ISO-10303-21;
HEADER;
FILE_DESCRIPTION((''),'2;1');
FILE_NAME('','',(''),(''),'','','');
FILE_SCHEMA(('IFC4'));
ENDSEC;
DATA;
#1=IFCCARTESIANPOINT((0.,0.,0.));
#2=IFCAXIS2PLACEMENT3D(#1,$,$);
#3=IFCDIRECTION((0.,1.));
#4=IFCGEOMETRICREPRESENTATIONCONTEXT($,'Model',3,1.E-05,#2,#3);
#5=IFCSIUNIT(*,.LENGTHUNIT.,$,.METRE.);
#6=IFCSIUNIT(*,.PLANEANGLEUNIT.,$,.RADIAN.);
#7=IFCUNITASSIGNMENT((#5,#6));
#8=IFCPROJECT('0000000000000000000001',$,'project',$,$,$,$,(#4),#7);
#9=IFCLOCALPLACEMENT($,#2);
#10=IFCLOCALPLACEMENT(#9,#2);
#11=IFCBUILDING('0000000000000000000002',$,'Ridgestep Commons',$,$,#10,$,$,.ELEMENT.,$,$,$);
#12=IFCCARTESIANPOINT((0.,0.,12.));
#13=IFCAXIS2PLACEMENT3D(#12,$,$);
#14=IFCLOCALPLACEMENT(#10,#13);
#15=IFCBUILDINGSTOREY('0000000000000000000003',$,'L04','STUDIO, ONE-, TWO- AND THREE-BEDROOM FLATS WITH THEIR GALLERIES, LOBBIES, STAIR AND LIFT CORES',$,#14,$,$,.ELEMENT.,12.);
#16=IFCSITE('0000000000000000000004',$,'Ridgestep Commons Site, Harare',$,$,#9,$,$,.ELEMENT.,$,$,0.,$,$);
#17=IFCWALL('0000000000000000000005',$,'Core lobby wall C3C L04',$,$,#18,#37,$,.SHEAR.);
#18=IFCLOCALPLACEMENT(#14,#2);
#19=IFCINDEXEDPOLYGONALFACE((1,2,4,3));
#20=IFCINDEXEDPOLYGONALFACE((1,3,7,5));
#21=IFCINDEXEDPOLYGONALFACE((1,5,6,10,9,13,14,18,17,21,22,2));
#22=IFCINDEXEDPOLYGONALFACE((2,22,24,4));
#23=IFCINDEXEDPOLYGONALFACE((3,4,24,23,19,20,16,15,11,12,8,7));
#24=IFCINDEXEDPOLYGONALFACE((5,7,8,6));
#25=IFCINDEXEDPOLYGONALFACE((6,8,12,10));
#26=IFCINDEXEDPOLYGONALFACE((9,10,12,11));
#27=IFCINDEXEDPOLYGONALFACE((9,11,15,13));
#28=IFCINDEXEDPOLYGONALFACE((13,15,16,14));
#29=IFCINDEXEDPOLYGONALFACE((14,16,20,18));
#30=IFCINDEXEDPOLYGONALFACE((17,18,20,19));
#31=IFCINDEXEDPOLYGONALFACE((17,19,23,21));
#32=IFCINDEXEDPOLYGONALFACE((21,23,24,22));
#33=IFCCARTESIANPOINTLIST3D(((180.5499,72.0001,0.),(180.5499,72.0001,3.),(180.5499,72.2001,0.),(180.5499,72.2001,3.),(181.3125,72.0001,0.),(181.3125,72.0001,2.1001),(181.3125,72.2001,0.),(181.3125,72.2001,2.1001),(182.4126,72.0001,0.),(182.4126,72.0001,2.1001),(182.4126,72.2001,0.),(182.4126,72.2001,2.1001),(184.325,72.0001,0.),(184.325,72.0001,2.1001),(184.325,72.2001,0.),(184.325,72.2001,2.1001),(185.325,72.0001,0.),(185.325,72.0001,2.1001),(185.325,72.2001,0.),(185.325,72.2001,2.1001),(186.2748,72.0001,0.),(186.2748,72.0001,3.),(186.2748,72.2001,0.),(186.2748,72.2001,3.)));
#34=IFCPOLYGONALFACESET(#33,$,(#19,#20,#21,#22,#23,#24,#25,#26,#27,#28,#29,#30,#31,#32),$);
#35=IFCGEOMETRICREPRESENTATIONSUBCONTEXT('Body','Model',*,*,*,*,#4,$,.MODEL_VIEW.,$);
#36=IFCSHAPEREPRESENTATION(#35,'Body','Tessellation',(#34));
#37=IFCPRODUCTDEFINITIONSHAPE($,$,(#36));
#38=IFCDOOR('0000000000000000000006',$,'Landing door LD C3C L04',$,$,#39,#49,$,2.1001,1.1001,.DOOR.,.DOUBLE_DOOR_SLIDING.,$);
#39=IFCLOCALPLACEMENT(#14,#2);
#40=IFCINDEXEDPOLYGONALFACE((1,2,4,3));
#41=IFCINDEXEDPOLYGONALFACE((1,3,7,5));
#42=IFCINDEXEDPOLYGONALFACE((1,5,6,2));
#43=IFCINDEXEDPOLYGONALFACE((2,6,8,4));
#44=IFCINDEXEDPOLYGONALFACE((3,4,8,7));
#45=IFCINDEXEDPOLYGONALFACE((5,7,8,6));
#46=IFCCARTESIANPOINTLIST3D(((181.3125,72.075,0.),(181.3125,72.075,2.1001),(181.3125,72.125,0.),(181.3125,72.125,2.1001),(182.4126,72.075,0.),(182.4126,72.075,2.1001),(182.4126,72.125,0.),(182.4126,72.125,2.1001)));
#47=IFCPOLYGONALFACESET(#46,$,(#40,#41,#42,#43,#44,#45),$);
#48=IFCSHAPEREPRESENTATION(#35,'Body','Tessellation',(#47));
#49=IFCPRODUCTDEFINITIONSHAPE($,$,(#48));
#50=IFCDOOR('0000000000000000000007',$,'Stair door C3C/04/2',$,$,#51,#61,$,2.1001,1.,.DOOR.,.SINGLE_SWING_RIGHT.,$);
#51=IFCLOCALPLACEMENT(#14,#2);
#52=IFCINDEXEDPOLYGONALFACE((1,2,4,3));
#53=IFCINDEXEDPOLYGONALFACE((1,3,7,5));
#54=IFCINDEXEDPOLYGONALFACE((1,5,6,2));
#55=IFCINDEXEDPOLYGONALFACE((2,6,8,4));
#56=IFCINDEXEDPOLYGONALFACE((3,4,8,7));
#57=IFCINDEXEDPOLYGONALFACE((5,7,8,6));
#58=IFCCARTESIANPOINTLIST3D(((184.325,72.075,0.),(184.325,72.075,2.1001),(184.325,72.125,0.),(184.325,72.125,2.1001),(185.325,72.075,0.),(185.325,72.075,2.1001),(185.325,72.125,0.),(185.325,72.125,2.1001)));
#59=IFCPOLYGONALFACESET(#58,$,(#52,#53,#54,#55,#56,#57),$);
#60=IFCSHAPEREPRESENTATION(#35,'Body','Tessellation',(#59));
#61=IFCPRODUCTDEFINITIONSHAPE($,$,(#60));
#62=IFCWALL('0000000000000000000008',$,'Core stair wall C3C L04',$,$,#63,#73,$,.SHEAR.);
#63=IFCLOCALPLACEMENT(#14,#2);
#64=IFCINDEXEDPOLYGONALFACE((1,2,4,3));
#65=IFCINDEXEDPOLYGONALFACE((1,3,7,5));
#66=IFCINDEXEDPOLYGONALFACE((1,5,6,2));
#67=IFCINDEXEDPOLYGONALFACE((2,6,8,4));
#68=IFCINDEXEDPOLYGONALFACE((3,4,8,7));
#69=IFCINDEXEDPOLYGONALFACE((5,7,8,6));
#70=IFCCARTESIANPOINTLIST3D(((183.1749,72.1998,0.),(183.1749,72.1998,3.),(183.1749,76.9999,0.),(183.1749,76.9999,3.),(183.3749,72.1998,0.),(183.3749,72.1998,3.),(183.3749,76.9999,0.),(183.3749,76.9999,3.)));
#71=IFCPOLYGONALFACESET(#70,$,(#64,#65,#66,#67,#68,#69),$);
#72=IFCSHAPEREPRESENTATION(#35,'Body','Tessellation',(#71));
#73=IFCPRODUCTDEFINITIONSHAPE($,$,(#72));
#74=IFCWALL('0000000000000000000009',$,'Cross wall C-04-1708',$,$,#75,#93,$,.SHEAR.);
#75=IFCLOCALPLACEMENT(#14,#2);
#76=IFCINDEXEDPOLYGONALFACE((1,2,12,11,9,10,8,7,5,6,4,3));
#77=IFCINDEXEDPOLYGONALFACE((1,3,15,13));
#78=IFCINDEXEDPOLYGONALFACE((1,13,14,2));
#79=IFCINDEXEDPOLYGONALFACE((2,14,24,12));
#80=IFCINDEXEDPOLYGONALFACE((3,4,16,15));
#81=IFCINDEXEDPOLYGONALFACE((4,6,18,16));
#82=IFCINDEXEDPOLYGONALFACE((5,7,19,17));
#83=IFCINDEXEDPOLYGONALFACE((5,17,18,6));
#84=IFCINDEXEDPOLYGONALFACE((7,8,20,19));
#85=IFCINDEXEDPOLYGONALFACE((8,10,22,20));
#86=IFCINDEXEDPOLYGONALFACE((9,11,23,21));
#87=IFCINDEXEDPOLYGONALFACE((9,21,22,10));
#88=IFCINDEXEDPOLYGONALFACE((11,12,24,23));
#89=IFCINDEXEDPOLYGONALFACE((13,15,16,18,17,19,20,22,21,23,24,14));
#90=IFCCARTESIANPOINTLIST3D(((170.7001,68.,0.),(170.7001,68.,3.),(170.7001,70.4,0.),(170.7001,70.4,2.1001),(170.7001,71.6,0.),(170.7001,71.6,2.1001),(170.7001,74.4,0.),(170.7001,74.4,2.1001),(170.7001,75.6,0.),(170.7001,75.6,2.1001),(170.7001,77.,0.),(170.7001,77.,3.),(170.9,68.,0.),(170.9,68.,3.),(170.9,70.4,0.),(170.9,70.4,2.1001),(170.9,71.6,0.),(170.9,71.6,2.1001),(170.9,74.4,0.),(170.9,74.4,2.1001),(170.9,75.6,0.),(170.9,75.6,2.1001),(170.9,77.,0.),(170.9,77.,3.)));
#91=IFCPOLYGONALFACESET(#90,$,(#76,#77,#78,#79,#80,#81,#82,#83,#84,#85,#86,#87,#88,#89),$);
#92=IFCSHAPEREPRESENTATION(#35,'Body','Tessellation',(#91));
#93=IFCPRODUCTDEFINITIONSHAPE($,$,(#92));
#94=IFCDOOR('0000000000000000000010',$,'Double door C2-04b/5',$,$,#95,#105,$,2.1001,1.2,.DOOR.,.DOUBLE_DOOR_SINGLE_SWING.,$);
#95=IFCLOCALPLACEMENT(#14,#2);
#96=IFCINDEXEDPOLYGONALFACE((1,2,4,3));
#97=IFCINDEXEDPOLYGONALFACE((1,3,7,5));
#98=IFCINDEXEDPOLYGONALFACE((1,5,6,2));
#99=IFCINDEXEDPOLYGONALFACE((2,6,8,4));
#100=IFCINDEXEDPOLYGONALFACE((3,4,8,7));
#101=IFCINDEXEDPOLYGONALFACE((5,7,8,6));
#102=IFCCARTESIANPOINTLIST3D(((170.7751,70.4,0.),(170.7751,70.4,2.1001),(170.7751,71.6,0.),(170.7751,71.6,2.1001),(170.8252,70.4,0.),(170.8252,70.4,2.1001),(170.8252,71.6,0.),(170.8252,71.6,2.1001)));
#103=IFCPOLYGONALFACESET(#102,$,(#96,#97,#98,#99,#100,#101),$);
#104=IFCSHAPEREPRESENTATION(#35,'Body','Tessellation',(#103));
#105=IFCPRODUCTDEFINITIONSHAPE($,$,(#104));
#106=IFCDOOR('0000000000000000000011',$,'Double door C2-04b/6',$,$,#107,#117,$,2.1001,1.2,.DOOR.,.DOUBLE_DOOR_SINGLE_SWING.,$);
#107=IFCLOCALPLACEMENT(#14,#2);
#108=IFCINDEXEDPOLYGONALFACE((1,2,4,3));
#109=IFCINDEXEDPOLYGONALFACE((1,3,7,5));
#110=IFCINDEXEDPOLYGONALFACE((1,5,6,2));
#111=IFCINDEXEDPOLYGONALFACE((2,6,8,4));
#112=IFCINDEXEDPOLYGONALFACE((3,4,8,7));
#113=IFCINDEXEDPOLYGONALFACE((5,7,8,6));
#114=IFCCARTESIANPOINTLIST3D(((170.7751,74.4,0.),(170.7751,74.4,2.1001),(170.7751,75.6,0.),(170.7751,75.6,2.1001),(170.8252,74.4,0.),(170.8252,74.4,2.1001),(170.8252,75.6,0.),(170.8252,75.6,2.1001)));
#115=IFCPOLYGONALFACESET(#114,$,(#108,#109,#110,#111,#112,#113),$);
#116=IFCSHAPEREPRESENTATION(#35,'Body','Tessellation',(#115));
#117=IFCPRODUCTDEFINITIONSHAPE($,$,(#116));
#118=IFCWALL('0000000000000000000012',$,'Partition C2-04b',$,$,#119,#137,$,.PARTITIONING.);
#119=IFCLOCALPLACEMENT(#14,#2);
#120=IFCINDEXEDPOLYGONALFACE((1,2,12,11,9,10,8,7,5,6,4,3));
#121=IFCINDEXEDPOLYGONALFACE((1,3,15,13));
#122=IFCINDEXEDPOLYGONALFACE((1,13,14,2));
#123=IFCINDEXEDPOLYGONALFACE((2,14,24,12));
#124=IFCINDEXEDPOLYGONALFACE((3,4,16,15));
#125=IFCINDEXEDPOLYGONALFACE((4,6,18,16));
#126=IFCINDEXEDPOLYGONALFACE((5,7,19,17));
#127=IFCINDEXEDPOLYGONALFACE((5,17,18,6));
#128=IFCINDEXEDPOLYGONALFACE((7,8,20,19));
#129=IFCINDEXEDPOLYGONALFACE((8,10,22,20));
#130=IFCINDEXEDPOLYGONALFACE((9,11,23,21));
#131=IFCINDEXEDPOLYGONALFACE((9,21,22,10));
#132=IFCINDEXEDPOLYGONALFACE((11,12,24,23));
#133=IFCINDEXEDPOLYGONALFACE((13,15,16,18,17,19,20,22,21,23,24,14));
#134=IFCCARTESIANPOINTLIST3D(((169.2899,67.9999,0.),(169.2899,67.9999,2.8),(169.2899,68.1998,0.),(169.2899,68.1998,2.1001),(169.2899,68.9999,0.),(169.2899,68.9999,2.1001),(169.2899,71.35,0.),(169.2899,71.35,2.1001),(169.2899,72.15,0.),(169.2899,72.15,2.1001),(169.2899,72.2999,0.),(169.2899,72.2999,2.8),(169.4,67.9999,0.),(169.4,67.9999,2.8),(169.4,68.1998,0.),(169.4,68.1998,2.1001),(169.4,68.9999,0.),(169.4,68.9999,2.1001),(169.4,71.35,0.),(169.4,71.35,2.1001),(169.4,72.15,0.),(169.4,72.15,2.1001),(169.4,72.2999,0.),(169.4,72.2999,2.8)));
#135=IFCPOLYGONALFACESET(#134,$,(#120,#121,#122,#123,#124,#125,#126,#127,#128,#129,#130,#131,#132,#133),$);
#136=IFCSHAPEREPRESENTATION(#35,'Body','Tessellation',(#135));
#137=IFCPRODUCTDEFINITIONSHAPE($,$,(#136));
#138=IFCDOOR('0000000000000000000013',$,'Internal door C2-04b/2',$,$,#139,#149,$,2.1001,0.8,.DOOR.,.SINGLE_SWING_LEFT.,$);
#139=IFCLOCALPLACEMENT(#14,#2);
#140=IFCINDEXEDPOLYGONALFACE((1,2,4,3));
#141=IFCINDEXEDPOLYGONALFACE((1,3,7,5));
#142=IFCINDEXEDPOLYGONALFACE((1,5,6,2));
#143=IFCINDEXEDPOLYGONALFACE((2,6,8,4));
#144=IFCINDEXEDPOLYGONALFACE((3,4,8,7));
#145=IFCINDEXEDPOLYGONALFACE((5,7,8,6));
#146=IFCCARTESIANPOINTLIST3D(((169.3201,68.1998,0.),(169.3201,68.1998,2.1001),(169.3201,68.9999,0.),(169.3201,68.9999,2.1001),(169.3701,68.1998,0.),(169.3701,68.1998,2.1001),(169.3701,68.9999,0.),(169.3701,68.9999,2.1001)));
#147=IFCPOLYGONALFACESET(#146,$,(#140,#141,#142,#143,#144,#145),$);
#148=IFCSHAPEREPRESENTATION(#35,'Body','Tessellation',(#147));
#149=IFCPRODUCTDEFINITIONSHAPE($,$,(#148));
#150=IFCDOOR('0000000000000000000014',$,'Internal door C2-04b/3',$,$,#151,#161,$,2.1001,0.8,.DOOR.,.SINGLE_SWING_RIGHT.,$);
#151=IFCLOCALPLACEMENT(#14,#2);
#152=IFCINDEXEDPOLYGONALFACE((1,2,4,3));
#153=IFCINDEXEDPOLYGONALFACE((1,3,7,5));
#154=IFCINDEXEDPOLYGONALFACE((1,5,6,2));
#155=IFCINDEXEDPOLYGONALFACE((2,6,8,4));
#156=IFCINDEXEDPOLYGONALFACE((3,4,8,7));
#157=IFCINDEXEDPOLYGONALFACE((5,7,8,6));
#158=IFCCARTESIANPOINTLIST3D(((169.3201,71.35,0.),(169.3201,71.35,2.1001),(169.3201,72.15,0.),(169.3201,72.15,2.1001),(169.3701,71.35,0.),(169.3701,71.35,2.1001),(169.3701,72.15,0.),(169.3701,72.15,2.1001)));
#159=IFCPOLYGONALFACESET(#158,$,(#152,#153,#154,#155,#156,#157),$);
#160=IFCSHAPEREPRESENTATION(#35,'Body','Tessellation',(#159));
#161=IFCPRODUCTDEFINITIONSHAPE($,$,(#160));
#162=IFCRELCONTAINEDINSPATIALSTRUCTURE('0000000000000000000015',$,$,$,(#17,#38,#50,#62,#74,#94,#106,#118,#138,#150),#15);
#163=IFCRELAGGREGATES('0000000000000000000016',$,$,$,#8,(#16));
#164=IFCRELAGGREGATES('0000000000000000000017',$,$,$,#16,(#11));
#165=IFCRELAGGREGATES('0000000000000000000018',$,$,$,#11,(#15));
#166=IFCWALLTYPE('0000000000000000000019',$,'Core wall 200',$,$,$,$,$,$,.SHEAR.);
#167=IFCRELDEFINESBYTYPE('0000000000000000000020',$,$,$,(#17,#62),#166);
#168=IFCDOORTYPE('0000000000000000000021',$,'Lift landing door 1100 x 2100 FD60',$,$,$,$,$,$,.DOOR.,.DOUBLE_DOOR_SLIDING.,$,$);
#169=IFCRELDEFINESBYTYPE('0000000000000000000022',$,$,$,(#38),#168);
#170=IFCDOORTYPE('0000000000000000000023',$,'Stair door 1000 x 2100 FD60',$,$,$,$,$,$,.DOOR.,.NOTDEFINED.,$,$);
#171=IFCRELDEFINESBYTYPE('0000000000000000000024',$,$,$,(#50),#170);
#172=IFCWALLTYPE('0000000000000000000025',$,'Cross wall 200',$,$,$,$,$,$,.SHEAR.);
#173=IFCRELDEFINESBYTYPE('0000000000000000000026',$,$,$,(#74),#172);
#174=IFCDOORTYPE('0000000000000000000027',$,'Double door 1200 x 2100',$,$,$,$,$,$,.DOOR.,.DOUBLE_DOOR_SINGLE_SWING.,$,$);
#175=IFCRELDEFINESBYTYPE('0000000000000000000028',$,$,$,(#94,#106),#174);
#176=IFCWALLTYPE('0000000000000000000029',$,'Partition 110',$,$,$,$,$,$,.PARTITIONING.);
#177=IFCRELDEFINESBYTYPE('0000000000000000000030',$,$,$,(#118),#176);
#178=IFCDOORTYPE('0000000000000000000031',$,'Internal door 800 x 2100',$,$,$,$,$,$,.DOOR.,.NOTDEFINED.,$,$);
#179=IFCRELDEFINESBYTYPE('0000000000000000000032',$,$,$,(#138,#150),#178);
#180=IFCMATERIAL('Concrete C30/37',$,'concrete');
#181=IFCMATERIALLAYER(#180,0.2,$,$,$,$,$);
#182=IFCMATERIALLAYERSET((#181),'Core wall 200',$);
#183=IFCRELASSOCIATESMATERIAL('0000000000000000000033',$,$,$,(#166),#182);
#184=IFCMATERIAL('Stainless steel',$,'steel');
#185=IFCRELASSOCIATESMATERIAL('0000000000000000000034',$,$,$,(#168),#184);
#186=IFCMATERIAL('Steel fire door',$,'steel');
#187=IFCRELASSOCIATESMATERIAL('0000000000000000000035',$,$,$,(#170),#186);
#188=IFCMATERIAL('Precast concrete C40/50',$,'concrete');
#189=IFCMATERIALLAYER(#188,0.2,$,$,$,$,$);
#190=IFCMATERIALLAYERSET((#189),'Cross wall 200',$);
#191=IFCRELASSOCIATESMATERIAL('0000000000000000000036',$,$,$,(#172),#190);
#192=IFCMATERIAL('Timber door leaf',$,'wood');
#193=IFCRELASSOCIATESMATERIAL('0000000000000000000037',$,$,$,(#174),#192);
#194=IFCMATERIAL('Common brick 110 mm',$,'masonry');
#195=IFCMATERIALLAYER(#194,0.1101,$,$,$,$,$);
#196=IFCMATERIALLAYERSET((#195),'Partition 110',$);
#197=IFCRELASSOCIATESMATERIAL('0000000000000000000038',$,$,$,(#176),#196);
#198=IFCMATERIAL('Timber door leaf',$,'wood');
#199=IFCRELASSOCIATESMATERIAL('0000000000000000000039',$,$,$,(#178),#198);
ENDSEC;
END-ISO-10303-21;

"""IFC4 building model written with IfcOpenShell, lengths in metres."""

from ifc_helpers import new_model, si_unit, direction, frame, frame_2d, origin, place, context, subcontext, project, spatial, rectangle, extrude, material, layer, layer_set, type_object, element, fill, save


model = new_model("IFC4")

# Units and contexts
model_context = context("Model", 3, precision=1e-05, world=origin(), true_north=direction((0.0, 1.0)))
body_context = subcontext(model_context, "Body", "Model", "MODEL_VIEW")
ifc_project = project(units=[si_unit("LENGTHUNIT", "METRE"), si_unit("PLANEANGLEUNIT", "RADIAN")], contexts=[model_context])

# Site, building, storey
site_placement = place(None, origin())
site = spatial("IfcSite", under=ifc_project, at=site_placement, Name="Ridgestep Commons Site, Harare", CompositionType="ELEMENT", RefElevation=0.0)
building_placement = place(site_placement, origin())
building = spatial("IfcBuilding", under=site, at=building_placement, Name="Ridgestep Commons", CompositionType="ELEMENT")
storey_placement = place(building_placement, frame((0.0, 0.0, 12.0)))
storey = spatial("IfcBuildingStorey", under=building, at=storey_placement, Name="L04", Description="STUDIO, ONE-, TWO- AND THREE-BEDROOM FLATS WITH THEIR GALLERIES, LOBBIES, STAIR AND LIFT CORES", CompositionType="ELEMENT", Elevation=12.0)

# Shared definitions
ifc_material_1 = material(Name="Concrete C30/37", Category="concrete")
ifc_layer_1 = layer(ifc_material_1, 0.2)
ifc_layer_set_1 = layer_set([ifc_layer_1], Name="Core wall 200")
wall_type_1 = type_object("IfcWallType", Name="Core wall 200", PredefinedType="SHEAR", material=ifc_layer_set_1)
ifc_material_2 = material(Name="Stainless steel", Category="steel")
door_type_1 = type_object("IfcDoorType", Name="Lift landing door 1100 x 2100 FD60", OperationType="DOUBLE_DOOR_SLIDING", PredefinedType="DOOR", material=ifc_material_2)
ifc_material_3 = material(Name="Steel fire door", Category="steel")
door_type_2 = type_object("IfcDoorType", Name="Stair door 1000 x 2100 FD60", OperationType="NOTDEFINED", PredefinedType="DOOR", material=ifc_material_3)

# Wall, openings, doors
wall_1_placement = place(storey_placement, frame((180.55, 72.1001, 0.0), z_axis=(0.0, 0.0, 1.0), x_axis=(1.0, 0.0, 0.0)))
wall_1 = element("IfcWall", 1, at=wall_1_placement, inside=storey, type_object=wall_type_1, Name="Core lobby wall C3C L04", PredefinedType="SHEAR", context=body_context, shape_type="SweptSolid", body=[
    extrude(rectangle(XDim=5.7249, YDim=0.2, at=frame_2d((2.8623, 0.0))), origin(), (0.0, 0.0, 1.0), 3.0),
])
opening_1_placement = place(wall_1_placement, frame((3.7749, 0.0, 0.0)))
opening_1 = element("IfcOpeningElement", 2, at=opening_1_placement, cuts=wall_1, PredefinedType="OPENING", context=body_context, shape_type="SweptSolid", body=[
    extrude(rectangle(XDim=1.0, YDim=2.1001, at=frame_2d((0.5, 1.05))), frame((0.0, 0.1099, 0.0), z_axis=(0.0, -1.0, 0.0), x_axis=(1.0, 0.0, 0.0)), (0.0, 0.0, 1.0), 0.22),
])
opening_2_placement = place(wall_1_placement, frame((0.7625, 0.0, 0.0)))
opening_2 = element("IfcOpeningElement", 3, at=opening_2_placement, cuts=wall_1, PredefinedType="OPENING", context=body_context, shape_type="SweptSolid", body=[
    extrude(rectangle(XDim=1.1001, YDim=2.1001, at=frame_2d((0.55, 1.05))), frame((0.0, 0.1099, 0.0), z_axis=(0.0, -1.0, 0.0), x_axis=(1.0, 0.0, 0.0)), (0.0, 0.0, 1.0), 0.22),
])
door_1_placement = place(opening_2_placement, origin())
door_1 = element("IfcDoor", 4, at=door_1_placement, inside=storey, type_object=door_type_1, Name="Landing door LD C3C L04", OperationType="DOUBLE_DOOR_SLIDING", OverallHeight=2.1001, OverallWidth=1.1001, PredefinedType="DOOR", context=body_context, shape_type="SweptSolid", body=[
    extrude(rectangle(XDim=1.1001, YDim=2.1001, at=frame_2d((0.55, 1.05))), frame((0.0, 0.0249, 0.0), z_axis=(0.0, -1.0, 0.0), x_axis=(1.0, 0.0, 0.0)), (0.0, 0.0, 1.0), 0.05),
])
fill(opening_2, door_1)
door_2_placement = place(opening_1_placement, origin())
door_2 = element("IfcDoor", 5, at=door_2_placement, inside=storey, type_object=door_type_2, Name="Stair door C3C/04/2", OperationType="SINGLE_SWING_RIGHT", OverallHeight=2.1001, OverallWidth=1.0, PredefinedType="DOOR", context=body_context, shape_type="SweptSolid", body=[
    extrude(rectangle(XDim=1.0, YDim=2.1001, at=frame_2d((0.5, 1.05))), frame((0.0, 0.0249, 0.0), z_axis=(0.0, -1.0, 0.0), x_axis=(1.0, 0.0, 0.0)), (0.0, 0.0, 1.0), 0.05),
])
fill(opening_1, door_2)

# Wall
wall_2_placement = place(storey_placement, frame((183.2749, 72.2, 0.0), z_axis=(0.0, 0.0, 1.0), x_axis=(0.0, 1.0, 0.0)))
element("IfcWall", 6, at=wall_2_placement, inside=storey, type_object=wall_type_1, Name="Core stair wall C3C L04", PredefinedType="SHEAR", context=body_context, shape_type="SweptSolid", body=[
    extrude(rectangle(XDim=4.8, YDim=0.2, at=frame_2d((2.3999, 0.0))), origin(), (0.0, 0.0, 1.0), 3.0),
])

# Walls, openings, doors
ifc_material_4 = material(Name="Precast concrete C40/50", Category="concrete")
ifc_layer_2 = layer(ifc_material_4, 0.2)
ifc_layer_set_2 = layer_set([ifc_layer_2], Name="Cross wall 200")
wall_type_2 = type_object("IfcWallType", Name="Cross wall 200", PredefinedType="SHEAR", material=ifc_layer_set_2)
wall_3_placement = place(storey_placement, frame((170.8, 68.0, 0.0), z_axis=(0.0, 0.0, 1.0), x_axis=(0.0, 1.0, 0.0)))
wall_3 = element("IfcWall", 7, at=wall_3_placement, inside=storey, type_object=wall_type_2, Name="Cross wall C-04-1708", PredefinedType="SHEAR", context=body_context, shape_type="SweptSolid", body=[
    extrude(rectangle(XDim=9.0, YDim=0.2, at=frame_2d((4.5, 0.0))), origin(), (0.0, 0.0, 1.0), 3.0),
])
opening_3_placement = place(wall_3_placement, frame((2.3999, 0.0, 0.0)))
opening_3 = element("IfcOpeningElement", 8, at=opening_3_placement, cuts=wall_3, PredefinedType="OPENING", context=body_context, shape_type="SweptSolid", body=[
    extrude(rectangle(XDim=1.2, YDim=2.1001, at=frame_2d((0.6001, 1.05))), frame((0.0, 0.1099, 0.0), z_axis=(0.0, -1.0, 0.0), x_axis=(1.0, 0.0, 0.0)), (0.0, 0.0, 1.0), 0.22),
])
opening_4_placement = place(wall_3_placement, frame((6.3999, 0.0, 0.0)))
opening_4 = element("IfcOpeningElement", 9, at=opening_4_placement, cuts=wall_3, PredefinedType="OPENING", context=body_context, shape_type="SweptSolid", body=[
    extrude(rectangle(XDim=1.2, YDim=2.1001, at=frame_2d((0.6001, 1.05))), frame((0.0, 0.1099, 0.0), z_axis=(0.0, -1.0, 0.0), x_axis=(1.0, 0.0, 0.0)), (0.0, 0.0, 1.0), 0.22),
])
ifc_material_5 = material(Name="Timber door leaf", Category="wood")
door_type_3 = type_object("IfcDoorType", Name="Double door 1200 x 2100", OperationType="DOUBLE_DOOR_SINGLE_SWING", PredefinedType="DOOR", material=ifc_material_5)
door_3_placement = place(opening_3_placement, origin())
door_3 = element("IfcDoor", 10, at=door_3_placement, inside=storey, type_object=door_type_3, Name="Double door C2-04b/5", OperationType="DOUBLE_DOOR_SINGLE_SWING", OverallHeight=2.1001, OverallWidth=1.2, PredefinedType="DOOR", context=body_context, shape_type="SweptSolid", body=[
    extrude(rectangle(XDim=1.2, YDim=2.1001, at=frame_2d((0.6001, 1.05))), frame((0.0, 0.0249, 0.0), z_axis=(0.0, -1.0, 0.0), x_axis=(1.0, 0.0, 0.0)), (0.0, 0.0, 1.0), 0.05),
])
fill(opening_3, door_3)
door_4_placement = place(opening_4_placement, origin())
door_4 = element("IfcDoor", 11, at=door_4_placement, inside=storey, type_object=door_type_3, Name="Double door C2-04b/6", OperationType="DOUBLE_DOOR_SINGLE_SWING", OverallHeight=2.1001, OverallWidth=1.2, PredefinedType="DOOR", context=body_context, shape_type="SweptSolid", body=[
    extrude(rectangle(XDim=1.2, YDim=2.1001, at=frame_2d((0.6001, 1.05))), frame((0.0, 0.0249, 0.0), z_axis=(0.0, -1.0, 0.0), x_axis=(1.0, 0.0, 0.0)), (0.0, 0.0, 1.0), 0.05),
])
fill(opening_4, door_4)
ifc_material_6 = material(Name="Common brick 110 mm", Category="masonry")
ifc_layer_3 = layer(ifc_material_6, 0.1101)
ifc_layer_set_3 = layer_set([ifc_layer_3], Name="Partition 110")
wall_type_3 = type_object("IfcWallType", Name="Partition 110", PredefinedType="PARTITIONING", material=ifc_layer_set_3)
wall_4_placement = place(storey_placement, frame((169.345, 68.0, 0.0), z_axis=(0.0, 0.0, 1.0), x_axis=(0.0, 1.0, 0.0)))
wall_4 = element("IfcWall", 12, at=wall_4_placement, inside=storey, type_object=wall_type_3, Name="Partition C2-04b", PredefinedType="PARTITIONING", context=body_context, shape_type="SweptSolid", body=[
    extrude(rectangle(XDim=4.3, YDim=0.1101, at=frame_2d((2.1499, 0.0))), origin(), (0.0, 0.0, 1.0), 2.8),
])
opening_5_placement = place(wall_4_placement, frame((0.2, 0.0, 0.0)))
opening_5 = element("IfcOpeningElement", 13, at=opening_5_placement, cuts=wall_4, PredefinedType="OPENING", context=body_context, shape_type="SweptSolid", body=[
    extrude(rectangle(XDim=0.8, YDim=2.1001, at=frame_2d((0.3999, 1.05))), frame((0.0, 0.0649, 0.0), z_axis=(0.0, -1.0, 0.0), x_axis=(1.0, 0.0, 0.0)), (0.0, 0.0, 1.0), 0.1301),
])
opening_6_placement = place(wall_4_placement, frame((3.3501, 0.0, 0.0)))
opening_6 = element("IfcOpeningElement", 14, at=opening_6_placement, cuts=wall_4, PredefinedType="OPENING", context=body_context, shape_type="SweptSolid", body=[
    extrude(rectangle(XDim=0.8, YDim=2.1001, at=frame_2d((0.3999, 1.05))), frame((0.0, 0.0649, 0.0), z_axis=(0.0, -1.0, 0.0), x_axis=(1.0, 0.0, 0.0)), (0.0, 0.0, 1.0), 0.1301),
])
ifc_material_7 = material(Name="Timber door leaf", Category="wood")
door_type_4 = type_object("IfcDoorType", Name="Internal door 800 x 2100", OperationType="NOTDEFINED", PredefinedType="DOOR", material=ifc_material_7)
door_5_placement = place(opening_5_placement, origin())
door_5 = element("IfcDoor", 15, at=door_5_placement, inside=storey, type_object=door_type_4, Name="Internal door C2-04b/2", OperationType="SINGLE_SWING_LEFT", OverallHeight=2.1001, OverallWidth=0.8, PredefinedType="DOOR", context=body_context, shape_type="SweptSolid", body=[
    extrude(rectangle(XDim=0.8, YDim=2.1001, at=frame_2d((0.3999, 1.05))), frame((0.0, 0.0249, 0.0), z_axis=(0.0, -1.0, 0.0), x_axis=(1.0, 0.0, 0.0)), (0.0, 0.0, 1.0), 0.05),
])
fill(opening_5, door_5)
door_6_placement = place(opening_6_placement, origin())
door_6 = element("IfcDoor", 16, at=door_6_placement, inside=storey, type_object=door_type_4, Name="Internal door C2-04b/3", OperationType="SINGLE_SWING_RIGHT", OverallHeight=2.1001, OverallWidth=0.8, PredefinedType="DOOR", context=body_context, shape_type="SweptSolid", body=[
    extrude(rectangle(XDim=0.8, YDim=2.1001, at=frame_2d((0.3999, 1.05))), frame((0.0, 0.0249, 0.0), z_axis=(0.0, -1.0, 0.0), x_axis=(1.0, 0.0, 0.0)), (0.0, 0.0, 1.0), 0.05),
])
fill(opening_6, door_6)

save(model, "model.ifc")
